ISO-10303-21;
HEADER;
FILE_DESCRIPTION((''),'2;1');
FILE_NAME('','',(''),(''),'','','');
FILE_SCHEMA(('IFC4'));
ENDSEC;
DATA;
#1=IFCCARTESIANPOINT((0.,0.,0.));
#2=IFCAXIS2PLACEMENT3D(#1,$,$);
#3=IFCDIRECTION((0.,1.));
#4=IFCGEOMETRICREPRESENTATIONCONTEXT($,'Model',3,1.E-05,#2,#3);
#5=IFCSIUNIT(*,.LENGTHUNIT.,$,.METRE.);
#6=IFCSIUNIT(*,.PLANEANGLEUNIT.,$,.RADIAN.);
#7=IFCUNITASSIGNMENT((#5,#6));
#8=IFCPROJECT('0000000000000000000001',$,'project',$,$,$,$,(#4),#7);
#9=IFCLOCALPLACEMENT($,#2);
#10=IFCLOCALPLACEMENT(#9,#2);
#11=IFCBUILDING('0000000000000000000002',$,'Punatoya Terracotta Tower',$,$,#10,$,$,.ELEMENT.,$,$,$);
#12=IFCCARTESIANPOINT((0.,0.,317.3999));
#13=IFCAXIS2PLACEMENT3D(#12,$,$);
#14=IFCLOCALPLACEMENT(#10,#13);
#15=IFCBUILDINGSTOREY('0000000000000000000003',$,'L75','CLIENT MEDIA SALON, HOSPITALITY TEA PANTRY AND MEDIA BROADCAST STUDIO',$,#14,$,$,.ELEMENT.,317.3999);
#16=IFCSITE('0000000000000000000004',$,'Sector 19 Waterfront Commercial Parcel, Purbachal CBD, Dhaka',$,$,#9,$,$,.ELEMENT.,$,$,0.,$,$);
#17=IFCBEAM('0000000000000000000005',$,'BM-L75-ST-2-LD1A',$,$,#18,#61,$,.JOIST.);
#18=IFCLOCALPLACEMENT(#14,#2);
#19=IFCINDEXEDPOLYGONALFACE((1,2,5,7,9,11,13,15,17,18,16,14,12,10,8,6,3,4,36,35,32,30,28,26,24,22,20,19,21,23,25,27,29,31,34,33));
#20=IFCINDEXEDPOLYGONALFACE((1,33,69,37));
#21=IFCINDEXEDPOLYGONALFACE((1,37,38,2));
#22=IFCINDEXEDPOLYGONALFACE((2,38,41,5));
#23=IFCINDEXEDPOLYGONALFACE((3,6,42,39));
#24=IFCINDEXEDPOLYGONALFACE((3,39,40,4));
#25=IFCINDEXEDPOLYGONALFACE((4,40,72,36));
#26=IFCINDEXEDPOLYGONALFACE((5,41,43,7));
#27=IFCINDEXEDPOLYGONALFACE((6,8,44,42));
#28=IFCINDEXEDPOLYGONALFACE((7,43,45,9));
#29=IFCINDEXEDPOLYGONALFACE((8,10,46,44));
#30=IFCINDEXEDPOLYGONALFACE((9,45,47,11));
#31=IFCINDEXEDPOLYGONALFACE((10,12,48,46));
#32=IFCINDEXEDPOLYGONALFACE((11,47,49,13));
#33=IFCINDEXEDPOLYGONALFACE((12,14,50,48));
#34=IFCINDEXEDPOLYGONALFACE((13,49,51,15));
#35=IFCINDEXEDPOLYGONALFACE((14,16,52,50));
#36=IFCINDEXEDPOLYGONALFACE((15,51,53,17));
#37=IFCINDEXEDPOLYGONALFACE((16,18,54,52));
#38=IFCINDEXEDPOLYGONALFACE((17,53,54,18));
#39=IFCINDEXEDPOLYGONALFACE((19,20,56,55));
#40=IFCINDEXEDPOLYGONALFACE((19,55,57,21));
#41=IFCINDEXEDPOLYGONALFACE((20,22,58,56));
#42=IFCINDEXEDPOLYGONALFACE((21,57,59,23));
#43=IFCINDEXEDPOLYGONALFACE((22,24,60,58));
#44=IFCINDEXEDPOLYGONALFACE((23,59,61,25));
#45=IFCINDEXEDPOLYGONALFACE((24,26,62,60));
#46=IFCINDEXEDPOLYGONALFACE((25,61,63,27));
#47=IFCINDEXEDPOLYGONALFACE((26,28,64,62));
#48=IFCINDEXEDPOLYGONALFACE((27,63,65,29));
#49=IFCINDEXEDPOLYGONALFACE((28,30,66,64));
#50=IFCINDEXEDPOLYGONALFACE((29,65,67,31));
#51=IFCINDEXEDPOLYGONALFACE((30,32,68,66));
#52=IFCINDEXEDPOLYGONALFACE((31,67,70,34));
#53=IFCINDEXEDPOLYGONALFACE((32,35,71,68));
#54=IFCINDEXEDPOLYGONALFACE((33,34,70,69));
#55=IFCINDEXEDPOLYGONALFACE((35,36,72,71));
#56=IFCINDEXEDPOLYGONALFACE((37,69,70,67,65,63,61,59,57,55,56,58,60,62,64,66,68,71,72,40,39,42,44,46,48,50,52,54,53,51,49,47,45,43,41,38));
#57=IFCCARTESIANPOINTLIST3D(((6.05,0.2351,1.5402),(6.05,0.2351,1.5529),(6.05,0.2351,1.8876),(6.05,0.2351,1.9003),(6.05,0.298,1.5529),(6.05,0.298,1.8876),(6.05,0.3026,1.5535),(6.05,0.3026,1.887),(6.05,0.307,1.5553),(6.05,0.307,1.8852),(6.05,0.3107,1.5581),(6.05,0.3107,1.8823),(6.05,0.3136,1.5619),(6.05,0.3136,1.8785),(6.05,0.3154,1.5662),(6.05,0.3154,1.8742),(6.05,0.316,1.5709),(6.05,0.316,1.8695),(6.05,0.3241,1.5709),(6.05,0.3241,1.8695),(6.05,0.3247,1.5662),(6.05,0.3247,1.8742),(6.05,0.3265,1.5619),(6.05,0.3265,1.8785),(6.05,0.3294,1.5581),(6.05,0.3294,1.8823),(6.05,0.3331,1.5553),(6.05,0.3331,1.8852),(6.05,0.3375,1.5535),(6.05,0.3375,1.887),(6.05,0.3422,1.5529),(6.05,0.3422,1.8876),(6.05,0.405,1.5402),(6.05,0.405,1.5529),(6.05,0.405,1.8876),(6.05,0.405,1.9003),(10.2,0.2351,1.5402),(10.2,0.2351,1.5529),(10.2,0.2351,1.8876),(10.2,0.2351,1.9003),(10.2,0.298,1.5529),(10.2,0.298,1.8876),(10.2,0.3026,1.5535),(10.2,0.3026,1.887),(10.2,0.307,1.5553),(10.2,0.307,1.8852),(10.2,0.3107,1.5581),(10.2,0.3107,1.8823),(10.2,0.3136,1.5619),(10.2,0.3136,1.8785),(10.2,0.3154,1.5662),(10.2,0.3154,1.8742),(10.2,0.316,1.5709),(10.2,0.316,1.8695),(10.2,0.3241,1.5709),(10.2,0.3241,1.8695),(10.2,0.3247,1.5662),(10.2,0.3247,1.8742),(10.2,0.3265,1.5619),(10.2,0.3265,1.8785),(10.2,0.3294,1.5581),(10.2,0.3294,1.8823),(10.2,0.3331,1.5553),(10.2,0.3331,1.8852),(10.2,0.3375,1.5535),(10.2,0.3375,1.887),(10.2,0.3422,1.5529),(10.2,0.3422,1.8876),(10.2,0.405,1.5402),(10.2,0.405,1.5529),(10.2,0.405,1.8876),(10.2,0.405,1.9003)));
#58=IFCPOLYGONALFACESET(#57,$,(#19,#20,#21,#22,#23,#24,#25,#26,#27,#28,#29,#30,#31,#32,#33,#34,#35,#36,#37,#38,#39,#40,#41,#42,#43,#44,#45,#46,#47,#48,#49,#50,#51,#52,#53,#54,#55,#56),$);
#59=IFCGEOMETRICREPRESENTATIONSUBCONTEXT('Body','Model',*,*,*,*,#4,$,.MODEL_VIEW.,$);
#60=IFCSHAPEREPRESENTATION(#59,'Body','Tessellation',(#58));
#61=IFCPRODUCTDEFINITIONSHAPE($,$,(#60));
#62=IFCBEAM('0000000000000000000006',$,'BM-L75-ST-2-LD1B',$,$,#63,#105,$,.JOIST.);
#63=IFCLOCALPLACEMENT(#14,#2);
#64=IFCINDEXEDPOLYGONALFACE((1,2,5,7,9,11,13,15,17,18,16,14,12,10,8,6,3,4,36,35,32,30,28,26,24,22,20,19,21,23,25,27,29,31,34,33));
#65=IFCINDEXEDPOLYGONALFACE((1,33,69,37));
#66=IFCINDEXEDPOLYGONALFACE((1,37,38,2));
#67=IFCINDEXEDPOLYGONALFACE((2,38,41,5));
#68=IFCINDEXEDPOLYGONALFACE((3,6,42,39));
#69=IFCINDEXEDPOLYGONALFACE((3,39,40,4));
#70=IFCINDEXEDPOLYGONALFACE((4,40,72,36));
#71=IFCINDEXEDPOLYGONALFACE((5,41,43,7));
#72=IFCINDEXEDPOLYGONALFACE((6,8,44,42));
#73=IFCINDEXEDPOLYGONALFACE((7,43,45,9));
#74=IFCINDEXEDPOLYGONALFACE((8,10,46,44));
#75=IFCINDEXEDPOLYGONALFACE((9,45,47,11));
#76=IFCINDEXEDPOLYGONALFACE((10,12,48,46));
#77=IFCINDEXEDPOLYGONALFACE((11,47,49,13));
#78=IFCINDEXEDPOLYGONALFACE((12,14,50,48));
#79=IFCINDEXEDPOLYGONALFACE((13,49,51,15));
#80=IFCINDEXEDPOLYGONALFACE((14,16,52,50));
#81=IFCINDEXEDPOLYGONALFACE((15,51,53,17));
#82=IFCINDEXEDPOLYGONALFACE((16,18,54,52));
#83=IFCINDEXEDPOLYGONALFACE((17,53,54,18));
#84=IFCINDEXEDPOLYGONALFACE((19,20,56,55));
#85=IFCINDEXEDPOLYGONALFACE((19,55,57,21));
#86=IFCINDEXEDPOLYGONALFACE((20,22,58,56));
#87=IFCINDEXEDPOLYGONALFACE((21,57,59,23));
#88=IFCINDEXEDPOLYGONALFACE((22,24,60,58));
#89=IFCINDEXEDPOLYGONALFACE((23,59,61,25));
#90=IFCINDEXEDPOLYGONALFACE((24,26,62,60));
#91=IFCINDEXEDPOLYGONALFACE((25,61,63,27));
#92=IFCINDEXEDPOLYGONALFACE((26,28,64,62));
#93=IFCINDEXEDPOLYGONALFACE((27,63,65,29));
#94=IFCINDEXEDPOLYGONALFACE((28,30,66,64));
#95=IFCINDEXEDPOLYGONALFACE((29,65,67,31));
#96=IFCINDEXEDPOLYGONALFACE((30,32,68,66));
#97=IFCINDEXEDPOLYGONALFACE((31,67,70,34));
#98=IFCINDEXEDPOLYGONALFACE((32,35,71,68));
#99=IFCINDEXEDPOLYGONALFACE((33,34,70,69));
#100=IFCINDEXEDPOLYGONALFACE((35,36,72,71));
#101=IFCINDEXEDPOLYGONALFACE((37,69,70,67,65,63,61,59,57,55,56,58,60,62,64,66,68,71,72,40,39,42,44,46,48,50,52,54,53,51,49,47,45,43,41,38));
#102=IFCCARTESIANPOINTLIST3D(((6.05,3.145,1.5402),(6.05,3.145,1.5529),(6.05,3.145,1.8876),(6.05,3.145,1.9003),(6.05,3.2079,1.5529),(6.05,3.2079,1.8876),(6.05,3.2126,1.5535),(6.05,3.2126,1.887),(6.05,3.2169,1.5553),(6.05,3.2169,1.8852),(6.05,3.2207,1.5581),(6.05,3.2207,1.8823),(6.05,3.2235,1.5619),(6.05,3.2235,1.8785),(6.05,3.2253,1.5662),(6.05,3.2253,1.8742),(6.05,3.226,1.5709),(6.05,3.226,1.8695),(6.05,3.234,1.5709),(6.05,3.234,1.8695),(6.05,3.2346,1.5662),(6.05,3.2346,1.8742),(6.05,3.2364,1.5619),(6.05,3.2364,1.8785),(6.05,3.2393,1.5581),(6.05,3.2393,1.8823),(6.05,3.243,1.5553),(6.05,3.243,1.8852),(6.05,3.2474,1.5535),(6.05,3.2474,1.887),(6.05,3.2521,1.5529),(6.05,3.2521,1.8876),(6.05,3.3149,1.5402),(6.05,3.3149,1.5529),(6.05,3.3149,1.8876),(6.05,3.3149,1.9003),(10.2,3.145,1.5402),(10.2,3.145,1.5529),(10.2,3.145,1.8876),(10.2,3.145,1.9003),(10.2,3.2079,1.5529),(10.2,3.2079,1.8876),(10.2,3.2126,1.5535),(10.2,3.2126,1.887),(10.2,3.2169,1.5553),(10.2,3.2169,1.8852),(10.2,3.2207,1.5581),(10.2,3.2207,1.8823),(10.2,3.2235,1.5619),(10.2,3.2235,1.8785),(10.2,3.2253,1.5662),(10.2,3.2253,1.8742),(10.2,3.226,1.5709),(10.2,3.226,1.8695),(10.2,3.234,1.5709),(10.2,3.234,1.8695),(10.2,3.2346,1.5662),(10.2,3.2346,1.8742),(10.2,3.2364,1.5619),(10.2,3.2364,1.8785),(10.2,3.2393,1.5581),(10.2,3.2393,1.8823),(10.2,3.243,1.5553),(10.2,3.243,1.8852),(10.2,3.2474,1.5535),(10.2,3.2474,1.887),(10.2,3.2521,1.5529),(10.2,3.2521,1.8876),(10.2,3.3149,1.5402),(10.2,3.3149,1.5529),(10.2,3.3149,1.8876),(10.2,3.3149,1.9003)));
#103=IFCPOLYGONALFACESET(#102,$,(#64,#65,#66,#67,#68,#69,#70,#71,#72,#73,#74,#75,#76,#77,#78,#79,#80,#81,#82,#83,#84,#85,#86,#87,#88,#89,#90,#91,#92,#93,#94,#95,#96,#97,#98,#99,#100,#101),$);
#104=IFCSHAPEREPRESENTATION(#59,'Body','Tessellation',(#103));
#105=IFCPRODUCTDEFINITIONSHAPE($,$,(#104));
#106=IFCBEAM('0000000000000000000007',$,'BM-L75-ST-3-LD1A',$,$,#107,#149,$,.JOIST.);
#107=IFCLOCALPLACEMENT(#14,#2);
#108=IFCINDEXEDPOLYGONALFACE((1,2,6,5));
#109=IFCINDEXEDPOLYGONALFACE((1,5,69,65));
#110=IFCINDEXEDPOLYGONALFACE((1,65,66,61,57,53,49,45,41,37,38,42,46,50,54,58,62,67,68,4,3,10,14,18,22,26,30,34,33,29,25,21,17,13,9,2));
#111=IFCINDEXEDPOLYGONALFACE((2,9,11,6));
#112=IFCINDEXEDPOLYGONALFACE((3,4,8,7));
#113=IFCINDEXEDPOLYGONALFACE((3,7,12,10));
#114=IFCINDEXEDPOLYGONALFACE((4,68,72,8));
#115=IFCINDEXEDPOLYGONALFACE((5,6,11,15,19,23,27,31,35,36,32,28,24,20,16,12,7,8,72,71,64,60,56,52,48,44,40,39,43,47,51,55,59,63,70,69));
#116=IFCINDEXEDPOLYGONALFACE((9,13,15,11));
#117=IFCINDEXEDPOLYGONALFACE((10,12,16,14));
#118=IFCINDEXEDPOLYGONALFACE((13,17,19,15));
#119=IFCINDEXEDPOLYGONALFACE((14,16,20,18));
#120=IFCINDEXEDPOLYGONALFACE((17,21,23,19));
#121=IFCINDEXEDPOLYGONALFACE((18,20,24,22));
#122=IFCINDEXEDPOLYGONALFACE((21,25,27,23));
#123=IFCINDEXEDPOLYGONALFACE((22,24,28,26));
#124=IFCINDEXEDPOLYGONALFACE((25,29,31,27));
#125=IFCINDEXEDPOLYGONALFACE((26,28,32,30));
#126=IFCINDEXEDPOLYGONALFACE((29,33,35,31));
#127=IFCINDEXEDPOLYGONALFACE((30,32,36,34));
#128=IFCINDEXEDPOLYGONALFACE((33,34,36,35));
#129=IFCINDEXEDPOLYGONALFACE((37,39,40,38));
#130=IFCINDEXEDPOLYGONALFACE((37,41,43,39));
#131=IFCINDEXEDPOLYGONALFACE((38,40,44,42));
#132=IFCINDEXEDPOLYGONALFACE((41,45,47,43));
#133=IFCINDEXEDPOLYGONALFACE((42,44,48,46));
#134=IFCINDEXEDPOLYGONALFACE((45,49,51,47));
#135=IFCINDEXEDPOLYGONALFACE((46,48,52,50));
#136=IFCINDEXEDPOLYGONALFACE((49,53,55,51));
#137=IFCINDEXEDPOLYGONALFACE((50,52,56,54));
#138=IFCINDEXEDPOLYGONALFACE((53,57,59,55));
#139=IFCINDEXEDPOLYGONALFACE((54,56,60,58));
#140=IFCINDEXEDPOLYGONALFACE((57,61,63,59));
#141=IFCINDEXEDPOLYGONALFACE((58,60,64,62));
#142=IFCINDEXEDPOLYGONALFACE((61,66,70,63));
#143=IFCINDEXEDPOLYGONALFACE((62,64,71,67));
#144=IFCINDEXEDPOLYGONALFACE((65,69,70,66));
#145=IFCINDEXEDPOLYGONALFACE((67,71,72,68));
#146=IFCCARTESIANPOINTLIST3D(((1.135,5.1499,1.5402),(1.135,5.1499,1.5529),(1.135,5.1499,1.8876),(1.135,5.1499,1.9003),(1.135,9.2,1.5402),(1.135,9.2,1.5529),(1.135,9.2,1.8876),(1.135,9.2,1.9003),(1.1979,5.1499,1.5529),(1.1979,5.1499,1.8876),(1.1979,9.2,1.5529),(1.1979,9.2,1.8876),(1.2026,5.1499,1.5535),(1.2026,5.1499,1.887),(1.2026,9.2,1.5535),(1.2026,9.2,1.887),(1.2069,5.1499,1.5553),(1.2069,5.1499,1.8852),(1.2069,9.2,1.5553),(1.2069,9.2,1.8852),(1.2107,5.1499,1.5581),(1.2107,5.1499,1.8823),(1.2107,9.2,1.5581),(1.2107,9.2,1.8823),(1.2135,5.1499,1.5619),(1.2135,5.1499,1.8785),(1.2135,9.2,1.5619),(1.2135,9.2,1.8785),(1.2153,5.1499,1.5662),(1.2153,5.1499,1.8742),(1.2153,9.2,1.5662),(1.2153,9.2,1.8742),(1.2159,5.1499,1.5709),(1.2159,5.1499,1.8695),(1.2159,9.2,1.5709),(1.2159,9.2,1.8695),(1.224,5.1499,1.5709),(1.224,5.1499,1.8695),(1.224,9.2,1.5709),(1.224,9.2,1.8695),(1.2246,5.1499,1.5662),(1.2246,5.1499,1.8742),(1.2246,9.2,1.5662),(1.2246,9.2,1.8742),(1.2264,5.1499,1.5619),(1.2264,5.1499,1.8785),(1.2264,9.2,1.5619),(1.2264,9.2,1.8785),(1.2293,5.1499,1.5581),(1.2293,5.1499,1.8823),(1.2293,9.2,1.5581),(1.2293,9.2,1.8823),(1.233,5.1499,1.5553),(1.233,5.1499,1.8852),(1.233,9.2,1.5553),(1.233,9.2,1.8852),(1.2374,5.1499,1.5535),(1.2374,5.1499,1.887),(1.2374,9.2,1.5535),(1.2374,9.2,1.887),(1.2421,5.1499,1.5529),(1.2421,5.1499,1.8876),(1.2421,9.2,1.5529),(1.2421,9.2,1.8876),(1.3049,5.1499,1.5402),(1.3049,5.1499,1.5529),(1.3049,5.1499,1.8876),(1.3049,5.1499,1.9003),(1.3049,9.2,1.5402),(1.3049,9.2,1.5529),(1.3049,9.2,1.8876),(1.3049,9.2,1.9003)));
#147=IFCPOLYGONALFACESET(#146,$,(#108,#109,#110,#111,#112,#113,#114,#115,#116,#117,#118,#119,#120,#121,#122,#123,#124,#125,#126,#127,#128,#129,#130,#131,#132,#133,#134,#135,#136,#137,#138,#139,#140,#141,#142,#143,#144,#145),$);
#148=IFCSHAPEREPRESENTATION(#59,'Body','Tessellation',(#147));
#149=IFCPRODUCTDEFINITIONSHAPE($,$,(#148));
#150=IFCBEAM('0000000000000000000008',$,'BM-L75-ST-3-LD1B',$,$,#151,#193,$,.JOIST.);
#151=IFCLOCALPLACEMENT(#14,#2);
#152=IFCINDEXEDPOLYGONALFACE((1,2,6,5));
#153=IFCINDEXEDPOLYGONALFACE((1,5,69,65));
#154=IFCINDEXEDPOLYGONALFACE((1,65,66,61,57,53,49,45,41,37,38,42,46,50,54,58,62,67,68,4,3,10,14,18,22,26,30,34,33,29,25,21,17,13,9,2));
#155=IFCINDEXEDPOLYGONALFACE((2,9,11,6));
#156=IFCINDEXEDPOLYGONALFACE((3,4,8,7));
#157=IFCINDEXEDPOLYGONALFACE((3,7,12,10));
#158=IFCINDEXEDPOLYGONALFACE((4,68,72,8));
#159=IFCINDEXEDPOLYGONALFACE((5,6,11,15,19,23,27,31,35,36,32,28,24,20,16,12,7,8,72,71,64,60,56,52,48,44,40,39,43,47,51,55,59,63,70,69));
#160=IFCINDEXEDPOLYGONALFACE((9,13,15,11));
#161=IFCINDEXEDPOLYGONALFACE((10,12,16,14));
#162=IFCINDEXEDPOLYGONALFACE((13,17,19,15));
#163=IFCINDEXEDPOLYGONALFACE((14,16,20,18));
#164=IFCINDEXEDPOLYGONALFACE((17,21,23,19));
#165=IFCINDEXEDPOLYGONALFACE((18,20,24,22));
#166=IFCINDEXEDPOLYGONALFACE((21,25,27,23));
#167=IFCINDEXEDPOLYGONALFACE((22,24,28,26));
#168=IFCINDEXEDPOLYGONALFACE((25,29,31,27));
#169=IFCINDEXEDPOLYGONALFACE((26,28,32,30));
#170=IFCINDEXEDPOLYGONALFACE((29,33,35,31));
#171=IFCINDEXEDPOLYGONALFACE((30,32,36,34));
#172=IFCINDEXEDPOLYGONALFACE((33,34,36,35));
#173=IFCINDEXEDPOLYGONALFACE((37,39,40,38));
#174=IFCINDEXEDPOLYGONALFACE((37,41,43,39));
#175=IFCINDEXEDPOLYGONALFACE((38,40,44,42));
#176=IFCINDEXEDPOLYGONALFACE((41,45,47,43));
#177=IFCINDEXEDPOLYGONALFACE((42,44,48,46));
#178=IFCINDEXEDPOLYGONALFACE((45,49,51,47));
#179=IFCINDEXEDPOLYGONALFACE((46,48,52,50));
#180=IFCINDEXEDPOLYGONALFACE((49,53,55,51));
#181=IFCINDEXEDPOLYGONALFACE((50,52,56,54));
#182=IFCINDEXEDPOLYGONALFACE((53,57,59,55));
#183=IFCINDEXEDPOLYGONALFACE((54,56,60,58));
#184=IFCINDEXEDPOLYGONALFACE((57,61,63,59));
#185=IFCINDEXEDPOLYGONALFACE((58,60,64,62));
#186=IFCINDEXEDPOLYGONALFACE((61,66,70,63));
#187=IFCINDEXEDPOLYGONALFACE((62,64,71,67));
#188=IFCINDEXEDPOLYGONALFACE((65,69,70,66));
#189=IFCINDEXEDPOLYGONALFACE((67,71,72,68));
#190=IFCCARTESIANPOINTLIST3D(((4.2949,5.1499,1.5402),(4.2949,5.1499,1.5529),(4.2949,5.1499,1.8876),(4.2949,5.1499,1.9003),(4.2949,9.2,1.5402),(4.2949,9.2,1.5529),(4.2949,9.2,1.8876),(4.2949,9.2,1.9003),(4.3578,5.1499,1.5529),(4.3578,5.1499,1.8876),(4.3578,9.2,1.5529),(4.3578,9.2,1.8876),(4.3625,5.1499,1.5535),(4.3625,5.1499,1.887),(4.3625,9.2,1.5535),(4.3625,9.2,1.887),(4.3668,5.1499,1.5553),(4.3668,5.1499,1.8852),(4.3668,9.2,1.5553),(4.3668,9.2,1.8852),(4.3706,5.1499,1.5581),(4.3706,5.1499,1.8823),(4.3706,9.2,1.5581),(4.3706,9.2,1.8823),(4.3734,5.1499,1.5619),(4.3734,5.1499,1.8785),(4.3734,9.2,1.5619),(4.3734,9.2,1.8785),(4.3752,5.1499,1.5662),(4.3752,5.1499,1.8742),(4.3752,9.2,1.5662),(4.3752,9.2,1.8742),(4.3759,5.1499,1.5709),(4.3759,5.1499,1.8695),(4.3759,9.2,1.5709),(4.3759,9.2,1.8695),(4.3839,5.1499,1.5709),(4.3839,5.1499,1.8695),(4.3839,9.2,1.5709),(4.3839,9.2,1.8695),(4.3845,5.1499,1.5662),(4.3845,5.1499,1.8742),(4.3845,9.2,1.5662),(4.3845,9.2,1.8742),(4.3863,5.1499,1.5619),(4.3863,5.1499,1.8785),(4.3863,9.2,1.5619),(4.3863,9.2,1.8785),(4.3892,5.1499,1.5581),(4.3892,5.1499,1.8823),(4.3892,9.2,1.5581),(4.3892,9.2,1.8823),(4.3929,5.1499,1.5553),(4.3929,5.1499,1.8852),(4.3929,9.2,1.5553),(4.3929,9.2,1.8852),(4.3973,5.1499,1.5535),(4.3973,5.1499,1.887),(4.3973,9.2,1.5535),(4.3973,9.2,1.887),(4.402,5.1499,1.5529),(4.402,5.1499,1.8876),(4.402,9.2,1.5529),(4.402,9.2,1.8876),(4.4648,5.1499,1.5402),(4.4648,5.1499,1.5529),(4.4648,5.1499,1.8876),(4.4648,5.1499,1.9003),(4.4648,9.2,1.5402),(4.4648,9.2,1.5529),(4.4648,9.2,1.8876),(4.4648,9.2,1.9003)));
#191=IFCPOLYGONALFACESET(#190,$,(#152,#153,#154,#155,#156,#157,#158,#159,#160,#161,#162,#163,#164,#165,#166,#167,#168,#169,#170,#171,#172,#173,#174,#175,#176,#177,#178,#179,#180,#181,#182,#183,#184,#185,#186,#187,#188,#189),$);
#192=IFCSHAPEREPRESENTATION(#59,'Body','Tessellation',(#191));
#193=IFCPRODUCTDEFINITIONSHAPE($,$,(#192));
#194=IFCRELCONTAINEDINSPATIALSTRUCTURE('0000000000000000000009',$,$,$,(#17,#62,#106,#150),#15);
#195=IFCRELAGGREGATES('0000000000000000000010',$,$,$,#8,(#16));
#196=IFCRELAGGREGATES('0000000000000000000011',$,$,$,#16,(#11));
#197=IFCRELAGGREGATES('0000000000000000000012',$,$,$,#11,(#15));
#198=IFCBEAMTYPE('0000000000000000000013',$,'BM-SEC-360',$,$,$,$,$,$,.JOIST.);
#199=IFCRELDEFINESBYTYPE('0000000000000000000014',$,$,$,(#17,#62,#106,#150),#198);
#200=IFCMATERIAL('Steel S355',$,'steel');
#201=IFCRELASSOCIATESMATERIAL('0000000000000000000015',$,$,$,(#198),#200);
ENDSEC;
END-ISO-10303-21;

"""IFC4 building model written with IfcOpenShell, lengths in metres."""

from ifc_helpers import new_model, si_unit, direction, frame, origin, origin_2d, place, context, subcontext, project, spatial, i_section, extrude, material, material_profile, profile_set, type_object, element, save


model = new_model("IFC4")

# Units and contexts
model_context = context("Model", 3, precision=1e-05, world=origin(), true_north=direction((0.0, 1.0)))
body_context = subcontext(model_context, "Body", "Model", "MODEL_VIEW")
ifc_project = project(units=[si_unit("LENGTHUNIT", "METRE"), si_unit("PLANEANGLEUNIT", "RADIAN")], contexts=[model_context])

# Site, building, storey
site_placement = place(None, origin())
site = spatial("IfcSite", under=ifc_project, at=site_placement, Name="Sector 19 Waterfront Commercial Parcel, Purbachal CBD, Dhaka", CompositionType="ELEMENT", RefElevation=0.0)
building_placement = place(site_placement, origin())
building = spatial("IfcBuilding", under=site, at=building_placement, Name="Punatoya Terracotta Tower", CompositionType="ELEMENT")
storey_placement = place(building_placement, frame((0.0, 0.0, 317.3999)))
storey = spatial("IfcBuildingStorey", under=building, at=storey_placement, Name="L75", Description="CLIENT MEDIA SALON, HOSPITALITY TEA PANTRY AND MEDIA BROADCAST STUDIO", CompositionType="ELEMENT", Elevation=317.3999)

# Beams
ifc_material_1 = material(Name="Steel S355", Category="steel")
ifc_material_profile = material_profile(ifc_material_1, i_section(OverallWidth=0.1699, OverallDepth=0.3601, WebThickness=0.0081, FlangeThickness=0.0127, FilletRadius=0.0181, at=origin_2d()))
ifc_profile_set = profile_set([ifc_material_profile], Name="Steel S355")
beam_type = type_object("IfcBeamType", Name="BM-SEC-360", PredefinedType="JOIST", material=ifc_profile_set)
for number, where, z_axis, x_axis, name in (
    (1, (6.05, 0.3201, 1.7202), (1.0, 0.0, 0.0), (0.0, 1.0, 0.0), "BM-L75-ST-2-LD1A"),
    (2, (6.05, 3.23, 1.7202), (1.0, 0.0, 0.0), (0.0, 1.0, 0.0), "BM-L75-ST-2-LD1B"),
):
    element("IfcBeam", number, at=place(storey_placement, frame(where, z_axis=z_axis, x_axis=x_axis)), inside=storey, type_object=beam_type, Name=name, PredefinedType="JOIST", context=body_context, shape_type="SweptSolid", body=[
        extrude(i_section(OverallWidth=0.1699, OverallDepth=0.3601, WebThickness=0.0081, FlangeThickness=0.0127, FilletRadius=0.0181, at=origin_2d()), origin(), (0.0, 0.0, 1.0), 4.1499),
    ])
for number, where, z_axis, x_axis, name in (
    (3, (1.22, 5.1499, 1.7202), (0.0, 1.0, 0.0), (-1.0, 0.0, 0.0), "BM-L75-ST-3-LD1A"),
    (4, (4.3799, 5.1499, 1.7202), (0.0, 1.0, 0.0), (-1.0, 0.0, 0.0), "BM-L75-ST-3-LD1B"),
):
    element("IfcBeam", number, at=place(storey_placement, frame(where, z_axis=z_axis, x_axis=x_axis)), inside=storey, type_object=beam_type, Name=name, PredefinedType="JOIST", context=body_context, shape_type="SweptSolid", body=[
        extrude(i_section(OverallWidth=0.1699, OverallDepth=0.3601, WebThickness=0.0081, FlangeThickness=0.0127, FilletRadius=0.0181, at=origin_2d()), origin(), (0.0, 0.0, 1.0), 4.05),
    ])

save(model, "model.ifc")
